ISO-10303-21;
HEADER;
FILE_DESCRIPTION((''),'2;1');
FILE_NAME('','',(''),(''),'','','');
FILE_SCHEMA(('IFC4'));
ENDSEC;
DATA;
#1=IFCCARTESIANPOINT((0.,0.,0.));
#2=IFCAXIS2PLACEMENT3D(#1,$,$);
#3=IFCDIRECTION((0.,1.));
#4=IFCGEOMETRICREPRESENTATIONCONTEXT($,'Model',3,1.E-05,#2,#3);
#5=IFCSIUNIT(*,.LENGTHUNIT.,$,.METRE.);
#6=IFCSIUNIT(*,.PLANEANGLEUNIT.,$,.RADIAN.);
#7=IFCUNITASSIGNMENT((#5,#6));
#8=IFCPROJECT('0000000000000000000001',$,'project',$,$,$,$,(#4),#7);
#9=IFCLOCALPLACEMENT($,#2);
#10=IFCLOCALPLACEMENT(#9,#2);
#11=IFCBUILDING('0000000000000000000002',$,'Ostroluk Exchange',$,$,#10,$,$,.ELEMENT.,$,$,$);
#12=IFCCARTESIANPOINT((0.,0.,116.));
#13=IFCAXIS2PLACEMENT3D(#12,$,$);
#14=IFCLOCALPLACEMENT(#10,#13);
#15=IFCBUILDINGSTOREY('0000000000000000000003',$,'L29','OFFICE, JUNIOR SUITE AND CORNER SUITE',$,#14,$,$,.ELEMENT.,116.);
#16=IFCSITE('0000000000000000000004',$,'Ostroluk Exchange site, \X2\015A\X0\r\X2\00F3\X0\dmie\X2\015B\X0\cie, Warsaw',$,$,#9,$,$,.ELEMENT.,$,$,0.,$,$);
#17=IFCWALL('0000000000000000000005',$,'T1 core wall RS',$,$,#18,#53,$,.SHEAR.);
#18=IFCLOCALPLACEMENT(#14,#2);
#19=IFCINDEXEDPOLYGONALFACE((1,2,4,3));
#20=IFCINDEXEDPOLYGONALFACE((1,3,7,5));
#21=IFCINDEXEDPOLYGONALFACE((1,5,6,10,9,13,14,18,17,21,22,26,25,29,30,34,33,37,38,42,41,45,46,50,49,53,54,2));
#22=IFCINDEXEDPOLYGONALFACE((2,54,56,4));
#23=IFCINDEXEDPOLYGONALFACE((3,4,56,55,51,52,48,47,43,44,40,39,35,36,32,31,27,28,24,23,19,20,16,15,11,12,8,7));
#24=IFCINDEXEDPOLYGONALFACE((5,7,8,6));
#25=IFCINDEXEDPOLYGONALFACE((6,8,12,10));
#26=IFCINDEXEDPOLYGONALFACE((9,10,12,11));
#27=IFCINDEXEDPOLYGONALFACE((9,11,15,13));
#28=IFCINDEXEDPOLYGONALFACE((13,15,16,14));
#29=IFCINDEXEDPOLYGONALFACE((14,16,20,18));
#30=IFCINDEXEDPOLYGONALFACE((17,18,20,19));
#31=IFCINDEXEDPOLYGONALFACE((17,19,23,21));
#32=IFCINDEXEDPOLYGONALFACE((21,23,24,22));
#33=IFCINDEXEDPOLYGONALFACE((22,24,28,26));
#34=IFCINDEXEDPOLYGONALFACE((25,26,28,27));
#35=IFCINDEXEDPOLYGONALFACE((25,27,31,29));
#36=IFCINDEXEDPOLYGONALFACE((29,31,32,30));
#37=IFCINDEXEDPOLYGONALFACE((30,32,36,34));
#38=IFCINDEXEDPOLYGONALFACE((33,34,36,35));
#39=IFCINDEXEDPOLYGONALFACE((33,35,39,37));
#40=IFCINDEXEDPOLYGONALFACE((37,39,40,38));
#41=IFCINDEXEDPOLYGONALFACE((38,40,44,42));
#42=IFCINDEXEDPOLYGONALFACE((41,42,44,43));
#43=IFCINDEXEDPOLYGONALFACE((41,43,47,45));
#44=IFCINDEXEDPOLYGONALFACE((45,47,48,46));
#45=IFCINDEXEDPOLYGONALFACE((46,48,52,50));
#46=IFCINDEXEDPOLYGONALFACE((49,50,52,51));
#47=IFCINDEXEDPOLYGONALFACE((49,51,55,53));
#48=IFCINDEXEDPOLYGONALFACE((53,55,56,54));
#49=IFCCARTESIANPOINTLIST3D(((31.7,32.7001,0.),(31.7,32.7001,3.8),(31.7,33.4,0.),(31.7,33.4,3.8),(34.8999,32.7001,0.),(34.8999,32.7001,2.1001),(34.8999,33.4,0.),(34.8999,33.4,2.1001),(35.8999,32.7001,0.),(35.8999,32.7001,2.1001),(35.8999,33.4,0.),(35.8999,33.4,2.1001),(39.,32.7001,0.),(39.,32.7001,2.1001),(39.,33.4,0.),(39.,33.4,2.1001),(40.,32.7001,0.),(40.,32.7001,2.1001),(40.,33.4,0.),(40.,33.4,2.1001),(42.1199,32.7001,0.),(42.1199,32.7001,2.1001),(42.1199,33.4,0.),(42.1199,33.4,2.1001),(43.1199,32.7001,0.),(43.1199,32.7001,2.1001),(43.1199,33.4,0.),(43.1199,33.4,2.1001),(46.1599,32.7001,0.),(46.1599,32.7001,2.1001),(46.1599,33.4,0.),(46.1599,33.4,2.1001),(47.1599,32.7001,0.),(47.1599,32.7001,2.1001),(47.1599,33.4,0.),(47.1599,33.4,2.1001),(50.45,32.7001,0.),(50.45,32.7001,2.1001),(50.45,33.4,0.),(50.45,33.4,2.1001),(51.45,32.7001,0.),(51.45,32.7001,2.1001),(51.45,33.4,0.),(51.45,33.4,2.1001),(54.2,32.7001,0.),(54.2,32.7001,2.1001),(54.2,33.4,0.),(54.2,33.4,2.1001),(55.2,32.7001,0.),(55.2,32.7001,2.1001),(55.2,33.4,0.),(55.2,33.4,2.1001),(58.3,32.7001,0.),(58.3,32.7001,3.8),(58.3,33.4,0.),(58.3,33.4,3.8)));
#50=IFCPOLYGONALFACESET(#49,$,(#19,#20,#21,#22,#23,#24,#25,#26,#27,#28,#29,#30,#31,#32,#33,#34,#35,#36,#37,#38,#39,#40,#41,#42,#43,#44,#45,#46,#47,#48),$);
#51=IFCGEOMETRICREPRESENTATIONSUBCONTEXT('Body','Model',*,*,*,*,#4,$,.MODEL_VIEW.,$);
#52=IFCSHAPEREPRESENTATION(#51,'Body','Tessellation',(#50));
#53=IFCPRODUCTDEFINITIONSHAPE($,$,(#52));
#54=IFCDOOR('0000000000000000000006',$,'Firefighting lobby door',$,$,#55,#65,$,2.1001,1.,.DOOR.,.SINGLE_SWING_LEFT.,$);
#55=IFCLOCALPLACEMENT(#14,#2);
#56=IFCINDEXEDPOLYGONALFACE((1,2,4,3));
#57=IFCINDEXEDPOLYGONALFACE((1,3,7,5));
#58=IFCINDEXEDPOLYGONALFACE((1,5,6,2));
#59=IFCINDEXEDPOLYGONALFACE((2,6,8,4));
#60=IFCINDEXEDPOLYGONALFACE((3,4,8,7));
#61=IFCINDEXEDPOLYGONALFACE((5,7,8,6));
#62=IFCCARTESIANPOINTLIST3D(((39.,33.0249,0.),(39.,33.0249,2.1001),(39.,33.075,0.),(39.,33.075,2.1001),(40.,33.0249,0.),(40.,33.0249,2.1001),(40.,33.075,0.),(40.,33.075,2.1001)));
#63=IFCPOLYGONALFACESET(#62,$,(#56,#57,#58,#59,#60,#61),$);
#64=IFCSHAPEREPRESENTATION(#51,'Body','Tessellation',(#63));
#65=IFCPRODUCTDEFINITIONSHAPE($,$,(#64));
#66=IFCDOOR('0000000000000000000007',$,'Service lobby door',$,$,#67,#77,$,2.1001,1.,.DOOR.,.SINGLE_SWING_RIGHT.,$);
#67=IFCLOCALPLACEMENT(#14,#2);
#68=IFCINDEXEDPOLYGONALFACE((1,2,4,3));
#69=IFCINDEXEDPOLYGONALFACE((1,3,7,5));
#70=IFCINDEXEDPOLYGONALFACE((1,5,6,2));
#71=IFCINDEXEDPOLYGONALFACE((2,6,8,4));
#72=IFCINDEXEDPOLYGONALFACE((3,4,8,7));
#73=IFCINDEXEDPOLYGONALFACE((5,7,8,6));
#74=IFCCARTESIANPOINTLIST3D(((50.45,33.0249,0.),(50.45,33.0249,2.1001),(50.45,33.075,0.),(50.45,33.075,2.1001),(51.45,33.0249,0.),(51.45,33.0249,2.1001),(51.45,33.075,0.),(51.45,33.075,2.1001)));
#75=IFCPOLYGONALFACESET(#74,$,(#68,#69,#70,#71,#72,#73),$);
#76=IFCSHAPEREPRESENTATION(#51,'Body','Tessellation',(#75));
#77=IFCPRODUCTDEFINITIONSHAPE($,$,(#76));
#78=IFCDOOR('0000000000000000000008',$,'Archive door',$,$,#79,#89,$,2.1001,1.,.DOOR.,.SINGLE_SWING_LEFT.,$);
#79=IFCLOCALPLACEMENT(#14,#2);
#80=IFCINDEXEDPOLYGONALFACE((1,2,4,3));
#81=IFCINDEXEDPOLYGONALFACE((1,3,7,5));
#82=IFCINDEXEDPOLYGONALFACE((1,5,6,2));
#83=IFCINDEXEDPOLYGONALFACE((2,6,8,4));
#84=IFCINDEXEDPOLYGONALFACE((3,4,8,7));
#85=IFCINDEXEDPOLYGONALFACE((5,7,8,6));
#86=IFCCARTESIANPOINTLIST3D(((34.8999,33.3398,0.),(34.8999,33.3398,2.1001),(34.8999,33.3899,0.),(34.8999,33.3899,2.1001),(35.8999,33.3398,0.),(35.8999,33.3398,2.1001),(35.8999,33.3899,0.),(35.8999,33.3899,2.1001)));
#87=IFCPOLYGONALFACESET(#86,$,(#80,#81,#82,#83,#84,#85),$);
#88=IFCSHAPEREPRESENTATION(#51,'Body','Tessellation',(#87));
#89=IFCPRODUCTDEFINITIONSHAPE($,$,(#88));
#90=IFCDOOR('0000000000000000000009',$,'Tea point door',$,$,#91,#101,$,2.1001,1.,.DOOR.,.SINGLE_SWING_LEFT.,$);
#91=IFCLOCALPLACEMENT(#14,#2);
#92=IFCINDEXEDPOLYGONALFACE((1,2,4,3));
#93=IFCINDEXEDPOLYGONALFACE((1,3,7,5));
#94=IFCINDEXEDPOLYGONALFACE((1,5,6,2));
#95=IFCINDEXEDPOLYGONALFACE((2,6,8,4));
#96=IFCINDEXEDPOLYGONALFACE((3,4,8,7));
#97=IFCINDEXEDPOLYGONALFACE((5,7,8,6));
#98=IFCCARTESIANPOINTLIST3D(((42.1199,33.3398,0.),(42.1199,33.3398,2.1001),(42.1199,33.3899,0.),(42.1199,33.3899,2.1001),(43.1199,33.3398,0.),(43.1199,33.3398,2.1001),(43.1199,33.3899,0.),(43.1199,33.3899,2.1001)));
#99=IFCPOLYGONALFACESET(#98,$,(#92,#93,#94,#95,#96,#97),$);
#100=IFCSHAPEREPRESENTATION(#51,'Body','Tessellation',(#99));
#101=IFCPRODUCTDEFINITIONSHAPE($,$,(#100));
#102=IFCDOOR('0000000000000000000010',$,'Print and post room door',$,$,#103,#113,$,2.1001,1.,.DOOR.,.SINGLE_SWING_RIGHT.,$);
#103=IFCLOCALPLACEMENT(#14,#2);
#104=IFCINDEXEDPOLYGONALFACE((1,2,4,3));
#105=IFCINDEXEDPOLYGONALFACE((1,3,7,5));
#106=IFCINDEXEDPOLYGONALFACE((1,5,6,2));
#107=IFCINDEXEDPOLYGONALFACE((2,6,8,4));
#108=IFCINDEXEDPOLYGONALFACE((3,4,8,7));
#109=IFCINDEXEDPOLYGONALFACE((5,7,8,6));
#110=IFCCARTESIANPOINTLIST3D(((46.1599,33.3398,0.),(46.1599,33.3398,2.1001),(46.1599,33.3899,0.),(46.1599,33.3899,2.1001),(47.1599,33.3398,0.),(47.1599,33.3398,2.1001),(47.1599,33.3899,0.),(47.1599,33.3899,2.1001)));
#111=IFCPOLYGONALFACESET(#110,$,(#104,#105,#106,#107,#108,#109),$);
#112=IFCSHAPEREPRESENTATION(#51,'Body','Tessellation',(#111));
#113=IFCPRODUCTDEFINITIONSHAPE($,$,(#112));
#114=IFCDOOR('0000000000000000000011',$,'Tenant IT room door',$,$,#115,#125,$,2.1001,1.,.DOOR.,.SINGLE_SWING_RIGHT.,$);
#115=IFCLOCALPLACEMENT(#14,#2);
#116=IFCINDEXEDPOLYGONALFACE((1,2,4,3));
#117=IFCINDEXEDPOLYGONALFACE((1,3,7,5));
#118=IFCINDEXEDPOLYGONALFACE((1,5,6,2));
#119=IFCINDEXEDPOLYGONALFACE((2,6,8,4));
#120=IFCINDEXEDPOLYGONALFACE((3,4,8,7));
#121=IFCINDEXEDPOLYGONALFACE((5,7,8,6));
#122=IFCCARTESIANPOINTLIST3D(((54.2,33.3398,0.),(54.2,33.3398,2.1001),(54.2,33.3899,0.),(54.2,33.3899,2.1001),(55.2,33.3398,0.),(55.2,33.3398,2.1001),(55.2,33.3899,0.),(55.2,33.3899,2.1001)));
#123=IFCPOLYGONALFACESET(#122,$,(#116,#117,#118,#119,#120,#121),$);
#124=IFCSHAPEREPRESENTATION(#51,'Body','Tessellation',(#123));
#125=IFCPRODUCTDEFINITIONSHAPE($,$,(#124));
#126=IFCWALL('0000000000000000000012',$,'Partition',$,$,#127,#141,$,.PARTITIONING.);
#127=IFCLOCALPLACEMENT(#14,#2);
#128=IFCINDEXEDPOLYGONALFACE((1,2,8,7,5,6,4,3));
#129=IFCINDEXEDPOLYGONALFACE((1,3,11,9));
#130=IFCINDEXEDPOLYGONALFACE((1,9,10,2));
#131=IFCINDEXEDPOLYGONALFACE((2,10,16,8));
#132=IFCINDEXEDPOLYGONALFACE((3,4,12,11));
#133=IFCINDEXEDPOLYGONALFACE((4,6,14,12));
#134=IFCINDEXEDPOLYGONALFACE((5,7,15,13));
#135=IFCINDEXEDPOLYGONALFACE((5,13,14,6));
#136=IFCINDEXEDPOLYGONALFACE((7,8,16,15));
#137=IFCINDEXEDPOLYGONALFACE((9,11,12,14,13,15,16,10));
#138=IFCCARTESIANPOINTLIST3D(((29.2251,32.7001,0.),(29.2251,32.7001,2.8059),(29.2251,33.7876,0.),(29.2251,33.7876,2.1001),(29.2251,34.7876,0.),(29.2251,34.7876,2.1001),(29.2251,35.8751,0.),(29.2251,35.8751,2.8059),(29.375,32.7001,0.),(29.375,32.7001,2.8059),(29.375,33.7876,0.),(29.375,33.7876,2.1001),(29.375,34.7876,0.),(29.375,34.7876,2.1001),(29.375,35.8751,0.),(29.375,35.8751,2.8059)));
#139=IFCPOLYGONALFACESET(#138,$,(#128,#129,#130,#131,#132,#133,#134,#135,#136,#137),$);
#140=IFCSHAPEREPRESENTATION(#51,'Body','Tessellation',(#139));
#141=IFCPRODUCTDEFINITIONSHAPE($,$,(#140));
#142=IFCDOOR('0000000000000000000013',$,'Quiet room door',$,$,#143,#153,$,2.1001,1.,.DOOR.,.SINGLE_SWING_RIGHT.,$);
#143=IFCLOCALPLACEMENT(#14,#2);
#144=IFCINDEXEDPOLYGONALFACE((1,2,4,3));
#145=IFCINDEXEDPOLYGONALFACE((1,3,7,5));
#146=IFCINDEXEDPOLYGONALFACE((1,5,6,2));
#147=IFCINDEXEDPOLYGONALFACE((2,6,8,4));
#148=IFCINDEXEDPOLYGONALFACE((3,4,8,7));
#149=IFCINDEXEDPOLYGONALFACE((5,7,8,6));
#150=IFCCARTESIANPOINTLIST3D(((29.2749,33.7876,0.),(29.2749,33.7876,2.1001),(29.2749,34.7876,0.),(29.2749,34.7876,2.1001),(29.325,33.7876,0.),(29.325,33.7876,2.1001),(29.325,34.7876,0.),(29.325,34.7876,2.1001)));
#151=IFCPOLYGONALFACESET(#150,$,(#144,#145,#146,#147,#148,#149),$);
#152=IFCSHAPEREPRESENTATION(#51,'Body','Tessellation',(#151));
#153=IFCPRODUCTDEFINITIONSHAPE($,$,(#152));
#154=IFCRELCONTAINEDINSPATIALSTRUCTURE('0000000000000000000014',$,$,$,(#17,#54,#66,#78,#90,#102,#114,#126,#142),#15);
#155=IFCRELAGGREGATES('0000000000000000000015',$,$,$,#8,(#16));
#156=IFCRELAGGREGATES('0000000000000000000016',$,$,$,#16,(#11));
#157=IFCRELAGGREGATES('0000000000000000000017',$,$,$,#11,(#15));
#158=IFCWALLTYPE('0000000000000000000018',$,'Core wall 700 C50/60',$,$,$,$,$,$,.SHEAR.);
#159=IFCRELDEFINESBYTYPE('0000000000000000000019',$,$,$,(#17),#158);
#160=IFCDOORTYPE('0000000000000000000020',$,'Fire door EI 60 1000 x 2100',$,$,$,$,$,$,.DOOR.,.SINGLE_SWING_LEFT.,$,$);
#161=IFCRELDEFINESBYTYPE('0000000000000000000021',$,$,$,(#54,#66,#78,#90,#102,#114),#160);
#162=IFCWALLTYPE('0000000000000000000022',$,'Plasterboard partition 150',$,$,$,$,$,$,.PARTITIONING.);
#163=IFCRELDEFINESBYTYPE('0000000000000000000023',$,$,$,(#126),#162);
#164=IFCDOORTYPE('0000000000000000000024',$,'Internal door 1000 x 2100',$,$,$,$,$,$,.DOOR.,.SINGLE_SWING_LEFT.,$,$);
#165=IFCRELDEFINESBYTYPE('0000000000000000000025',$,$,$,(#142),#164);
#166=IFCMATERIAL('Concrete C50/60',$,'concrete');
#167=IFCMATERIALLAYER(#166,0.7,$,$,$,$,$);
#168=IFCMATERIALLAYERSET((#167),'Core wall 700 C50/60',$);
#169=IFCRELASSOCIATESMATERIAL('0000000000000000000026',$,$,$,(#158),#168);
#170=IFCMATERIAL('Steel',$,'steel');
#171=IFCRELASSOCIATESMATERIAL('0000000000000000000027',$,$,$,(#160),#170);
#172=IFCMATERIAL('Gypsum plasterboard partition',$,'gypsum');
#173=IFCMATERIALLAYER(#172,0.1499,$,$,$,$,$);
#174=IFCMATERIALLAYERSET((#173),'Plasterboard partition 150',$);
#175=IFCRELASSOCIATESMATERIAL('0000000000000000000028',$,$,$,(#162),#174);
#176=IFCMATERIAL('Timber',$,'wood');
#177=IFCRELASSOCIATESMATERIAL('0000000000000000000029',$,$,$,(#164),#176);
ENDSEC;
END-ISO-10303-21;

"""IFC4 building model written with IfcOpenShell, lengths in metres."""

from ifc_helpers import new_model, si_unit, direction, frame, frame_2d, origin, place, context, subcontext, project, spatial, rectangle, extrude, material, layer, layer_set, type_object, element, fill, save


model = new_model("IFC4")

# Units and contexts
model_context = context("Model", 3, precision=1e-05, world=origin(), true_north=direction((0.0, 1.0)))
body_context = subcontext(model_context, "Body", "Model", "MODEL_VIEW")
ifc_project = project(units=[si_unit("LENGTHUNIT", "METRE"), si_unit("PLANEANGLEUNIT", "RADIAN")], contexts=[model_context])

# Site, building, storey
site_placement = place(None, origin())
site = spatial("IfcSite", under=ifc_project, at=site_placement, Name="Ostroluk Exchange site, Śródmieście, Warsaw", CompositionType="ELEMENT", RefElevation=0.0)
building_placement = place(site_placement, origin())
building = spatial("IfcBuilding", under=site, at=building_placement, Name="Ostroluk Exchange", CompositionType="ELEMENT")
storey_placement = place(building_placement, frame((0.0, 0.0, 116.0)))
storey = spatial("IfcBuildingStorey", under=building, at=storey_placement, Name="L29", Description="OFFICE, JUNIOR SUITE AND CORNER SUITE", CompositionType="ELEMENT", Elevation=116.0)

# Wall, openings, doors
ifc_material_1 = material(Name="Concrete C50/60", Category="concrete")
ifc_layer_1 = layer(ifc_material_1, 0.7)
ifc_layer_set_1 = layer_set([ifc_layer_1], Name="Core wall 700 C50/60")
wall_type_1 = type_object("IfcWallType", Name="Core wall 700 C50/60", PredefinedType="SHEAR", material=ifc_layer_set_1)
wall_1_placement = place(storey_placement, frame((31.7, 33.05, 0.0), z_axis=(0.0, 0.0, 1.0), x_axis=(1.0, 0.0, 0.0)))
wall_1 = element("IfcWall", 1, at=wall_1_placement, inside=storey, type_object=wall_type_1, Name="T1 core wall RS", PredefinedType="SHEAR", context=body_context, shape_type="SweptSolid", body=[
    extrude(rectangle(XDim=26.6001, YDim=0.7, at=frame_2d((13.3, 0.0))), origin(), (0.0, 0.0, 1.0), 3.8),
])
opening_1_placement = place(wall_1_placement, frame((7.3, 0.0, 0.0)))
opening_1 = element("IfcOpeningElement", 2, at=opening_1_placement, cuts=wall_1, PredefinedType="OPENING", context=body_context, shape_type="SweptSolid", body=[
    extrude(rectangle(XDim=1.0, YDim=2.1001, at=frame_2d((0.5, 1.05))), frame((0.0, 0.3599, 0.0), z_axis=(0.0, -1.0, 0.0), x_axis=(1.0, 0.0, 0.0)), (0.0, 0.0, 1.0), 0.72),
])
opening_2_placement = place(wall_1_placement, frame((18.75, 0.0, 0.0)))
opening_2 = element("IfcOpeningElement", 3, at=opening_2_placement, cuts=wall_1, PredefinedType="OPENING", context=body_context, shape_type="SweptSolid", body=[
    extrude(rectangle(XDim=1.0, YDim=2.1001, at=frame_2d((0.5, 1.05))), frame((0.0, 0.3599, 0.0), z_axis=(0.0, -1.0, 0.0), x_axis=(1.0, 0.0, 0.0)), (0.0, 0.0, 1.0), 0.72),
])
opening_3_placement = place(wall_1_placement, frame((3.2, 0.0, 0.0)))
opening_3 = element("IfcOpeningElement", 4, at=opening_3_placement, cuts=wall_1, PredefinedType="OPENING", context=body_context, shape_type="SweptSolid", body=[
    extrude(rectangle(XDim=1.0, YDim=2.1001, at=frame_2d((0.5, 1.05))), frame((0.0, 0.3599, 0.0), z_axis=(0.0, -1.0, 0.0), x_axis=(1.0, 0.0, 0.0)), (0.0, 0.0, 1.0), 0.72),
])
opening_4_placement = place(wall_1_placement, frame((10.4199, 0.0, 0.0)))
opening_4 = element("IfcOpeningElement", 5, at=opening_4_placement, cuts=wall_1, PredefinedType="OPENING", context=body_context, shape_type="SweptSolid", body=[
    extrude(rectangle(XDim=1.0, YDim=2.1001, at=frame_2d((0.5, 1.05))), frame((0.0, 0.3599, 0.0), z_axis=(0.0, -1.0, 0.0), x_axis=(1.0, 0.0, 0.0)), (0.0, 0.0, 1.0), 0.72),
])
opening_5_placement = place(wall_1_placement, frame((14.46, 0.0, 0.0)))
opening_5 = element("IfcOpeningElement", 6, at=opening_5_placement, cuts=wall_1, PredefinedType="OPENING", context=body_context, shape_type="SweptSolid", body=[
    extrude(rectangle(XDim=1.0, YDim=2.1001, at=frame_2d((0.5, 1.05))), frame((0.0, 0.3599, 0.0), z_axis=(0.0, -1.0, 0.0), x_axis=(1.0, 0.0, 0.0)), (0.0, 0.0, 1.0), 0.72),
])
opening_6_placement = place(wall_1_placement, frame((22.5, 0.0, 0.0)))
opening_6 = element("IfcOpeningElement", 7, at=opening_6_placement, cuts=wall_1, PredefinedType="OPENING", context=body_context, shape_type="SweptSolid", body=[
    extrude(rectangle(XDim=1.0, YDim=2.1001, at=frame_2d((0.5, 1.05))), frame((0.0, 0.3599, 0.0), z_axis=(0.0, -1.0, 0.0), x_axis=(1.0, 0.0, 0.0)), (0.0, 0.0, 1.0), 0.72),
])
ifc_material_2 = material(Name="Steel", Category="steel")
door_type_1 = type_object("IfcDoorType", Name="Fire door EI 60 1000 x 2100", OperationType="SINGLE_SWING_LEFT", PredefinedType="DOOR", material=ifc_material_2)
door_1_placement = place(opening_1_placement, origin())
door_1 = element("IfcDoor", 8, at=door_1_placement, inside=storey, type_object=door_type_1, Name="Firefighting lobby door", OperationType="SINGLE_SWING_LEFT", OverallHeight=2.1001, OverallWidth=1.0, PredefinedType="DOOR", context=body_context, shape_type="SweptSolid", body=[
    extrude(rectangle(XDim=1.0, YDim=2.1001, at=frame_2d((0.5, 1.05))), frame((0.0, 0.0249, 0.0), z_axis=(0.0, -1.0, 0.0), x_axis=(1.0, 0.0, 0.0)), (0.0, 0.0, 1.0), 0.05),
])
fill(opening_1, door_1)
door_2_placement = place(opening_2_placement, origin())
door_2 = element("IfcDoor", 9, at=door_2_placement, inside=storey, type_object=door_type_1, Name="Service lobby door", OperationType="SINGLE_SWING_RIGHT", OverallHeight=2.1001, OverallWidth=1.0, PredefinedType="DOOR", context=body_context, shape_type="SweptSolid", body=[
    extrude(rectangle(XDim=1.0, YDim=2.1001, at=frame_2d((0.5, 1.05))), frame((0.0, 0.0249, 0.0), z_axis=(0.0, -1.0, 0.0), x_axis=(1.0, 0.0, 0.0)), (0.0, 0.0, 1.0), 0.05),
])
fill(opening_2, door_2)
door_3_placement = place(opening_3_placement, origin())
door_3 = element("IfcDoor", 10, at=door_3_placement, inside=storey, type_object=door_type_1, Name="Archive door", OperationType="SINGLE_SWING_LEFT", OverallHeight=2.1001, OverallWidth=1.0, PredefinedType="DOOR", context=body_context, shape_type="SweptSolid", body=[
    extrude(rectangle(XDim=1.0, YDim=2.1001, at=frame_2d((0.5, 1.05))), frame((0.0, 0.3398, 0.0), z_axis=(0.0, -1.0, 0.0), x_axis=(1.0, 0.0, 0.0)), (0.0, 0.0, 1.0), 0.05),
])
fill(opening_3, door_3)
door_4_placement = place(opening_4_placement, origin())
door_4 = element("IfcDoor", 11, at=door_4_placement, inside=storey, type_object=door_type_1, Name="Tea point door", OperationType="SINGLE_SWING_LEFT", OverallHeight=2.1001, OverallWidth=1.0, PredefinedType="DOOR", context=body_context, shape_type="SweptSolid", body=[
    extrude(rectangle(XDim=1.0, YDim=2.1001, at=frame_2d((0.5, 1.05))), frame((0.0, 0.3398, 0.0), z_axis=(0.0, -1.0, 0.0), x_axis=(1.0, 0.0, 0.0)), (0.0, 0.0, 1.0), 0.05),
])
fill(opening_4, door_4)
door_5_placement = place(opening_5_placement, origin())
door_5 = element("IfcDoor", 12, at=door_5_placement, inside=storey, type_object=door_type_1, Name="Print and post room door", OperationType="SINGLE_SWING_RIGHT", OverallHeight=2.1001, OverallWidth=1.0, PredefinedType="DOOR", context=body_context, shape_type="SweptSolid", body=[
    extrude(rectangle(XDim=1.0, YDim=2.1001, at=frame_2d((0.5, 1.05))), frame((0.0, 0.3398, 0.0), z_axis=(0.0, -1.0, 0.0), x_axis=(1.0, 0.0, 0.0)), (0.0, 0.0, 1.0), 0.05),
])
fill(opening_5, door_5)
door_6_placement = place(opening_6_placement, origin())
door_6 = element("IfcDoor", 13, at=door_6_placement, inside=storey, type_object=door_type_1, Name="Tenant IT room door", OperationType="SINGLE_SWING_RIGHT", OverallHeight=2.1001, OverallWidth=1.0, PredefinedType="DOOR", context=body_context, shape_type="SweptSolid", body=[
    extrude(rectangle(XDim=1.0, YDim=2.1001, at=frame_2d((0.5, 1.05))), frame((0.0, 0.3398, 0.0), z_axis=(0.0, -1.0, 0.0), x_axis=(1.0, 0.0, 0.0)), (0.0, 0.0, 1.0), 0.05),
])
fill(opening_6, door_6)

# Wall, opening, door
ifc_material_3 = material(Name="Gypsum plasterboard partition", Category="gypsum")
ifc_layer_2 = layer(ifc_material_3, 0.1499)
ifc_layer_set_2 = layer_set([ifc_layer_2], Name="Plasterboard partition 150")
wall_type_2 = type_object("IfcWallType", Name="Plasterboard partition 150", PredefinedType="PARTITIONING", material=ifc_layer_set_2)
wall_2_placement = place(storey_placement, frame((29.3, 35.875, 0.0), z_axis=(0.0, 0.0, 1.0), x_axis=(0.0, -1.0, 0.0)))
wall_2 = element("IfcWall", 14, at=wall_2_placement, inside=storey, type_object=wall_type_2, Name="Partition", PredefinedType="PARTITIONING", context=body_context, shape_type="SweptSolid", body=[
    extrude(rectangle(XDim=3.175, YDim=0.1499, at=frame_2d((1.5874, 0.0))), origin(), (0.0, 0.0, 1.0), 2.8059),
])
opening_7_placement = place(wall_2_placement, frame((1.0874, 0.0, 0.0)))
opening_7 = element("IfcOpeningElement", 15, at=opening_7_placement, cuts=wall_2, PredefinedType="OPENING", context=body_context, shape_type="SweptSolid", body=[
    extrude(rectangle(XDim=1.0, YDim=2.1001, at=frame_2d((0.5, 1.05))), frame((0.0, 0.085, 0.0), z_axis=(0.0, -1.0, 0.0), x_axis=(1.0, 0.0, 0.0)), (0.0, 0.0, 1.0), 0.1699),
])
ifc_material_4 = material(Name="Timber", Category="wood")
door_type_2 = type_object("IfcDoorType", Name="Internal door 1000 x 2100", OperationType="SINGLE_SWING_LEFT", PredefinedType="DOOR", material=ifc_material_4)
door_7_placement = place(opening_7_placement, origin())
door_7 = element("IfcDoor", 16, at=door_7_placement, inside=storey, type_object=door_type_2, Name="Quiet room door", OperationType="SINGLE_SWING_RIGHT", OverallHeight=2.1001, OverallWidth=1.0, PredefinedType="DOOR", context=body_context, shape_type="SweptSolid", body=[
    extrude(rectangle(XDim=1.0, YDim=2.1001, at=frame_2d((0.5, 1.05))), frame((0.0, 0.0249, 0.0), z_axis=(0.0, -1.0, 0.0), x_axis=(1.0, 0.0, 0.0)), (0.0, 0.0, 1.0), 0.05),
])
fill(opening_7, door_7)

save(model, "model.ifc")
